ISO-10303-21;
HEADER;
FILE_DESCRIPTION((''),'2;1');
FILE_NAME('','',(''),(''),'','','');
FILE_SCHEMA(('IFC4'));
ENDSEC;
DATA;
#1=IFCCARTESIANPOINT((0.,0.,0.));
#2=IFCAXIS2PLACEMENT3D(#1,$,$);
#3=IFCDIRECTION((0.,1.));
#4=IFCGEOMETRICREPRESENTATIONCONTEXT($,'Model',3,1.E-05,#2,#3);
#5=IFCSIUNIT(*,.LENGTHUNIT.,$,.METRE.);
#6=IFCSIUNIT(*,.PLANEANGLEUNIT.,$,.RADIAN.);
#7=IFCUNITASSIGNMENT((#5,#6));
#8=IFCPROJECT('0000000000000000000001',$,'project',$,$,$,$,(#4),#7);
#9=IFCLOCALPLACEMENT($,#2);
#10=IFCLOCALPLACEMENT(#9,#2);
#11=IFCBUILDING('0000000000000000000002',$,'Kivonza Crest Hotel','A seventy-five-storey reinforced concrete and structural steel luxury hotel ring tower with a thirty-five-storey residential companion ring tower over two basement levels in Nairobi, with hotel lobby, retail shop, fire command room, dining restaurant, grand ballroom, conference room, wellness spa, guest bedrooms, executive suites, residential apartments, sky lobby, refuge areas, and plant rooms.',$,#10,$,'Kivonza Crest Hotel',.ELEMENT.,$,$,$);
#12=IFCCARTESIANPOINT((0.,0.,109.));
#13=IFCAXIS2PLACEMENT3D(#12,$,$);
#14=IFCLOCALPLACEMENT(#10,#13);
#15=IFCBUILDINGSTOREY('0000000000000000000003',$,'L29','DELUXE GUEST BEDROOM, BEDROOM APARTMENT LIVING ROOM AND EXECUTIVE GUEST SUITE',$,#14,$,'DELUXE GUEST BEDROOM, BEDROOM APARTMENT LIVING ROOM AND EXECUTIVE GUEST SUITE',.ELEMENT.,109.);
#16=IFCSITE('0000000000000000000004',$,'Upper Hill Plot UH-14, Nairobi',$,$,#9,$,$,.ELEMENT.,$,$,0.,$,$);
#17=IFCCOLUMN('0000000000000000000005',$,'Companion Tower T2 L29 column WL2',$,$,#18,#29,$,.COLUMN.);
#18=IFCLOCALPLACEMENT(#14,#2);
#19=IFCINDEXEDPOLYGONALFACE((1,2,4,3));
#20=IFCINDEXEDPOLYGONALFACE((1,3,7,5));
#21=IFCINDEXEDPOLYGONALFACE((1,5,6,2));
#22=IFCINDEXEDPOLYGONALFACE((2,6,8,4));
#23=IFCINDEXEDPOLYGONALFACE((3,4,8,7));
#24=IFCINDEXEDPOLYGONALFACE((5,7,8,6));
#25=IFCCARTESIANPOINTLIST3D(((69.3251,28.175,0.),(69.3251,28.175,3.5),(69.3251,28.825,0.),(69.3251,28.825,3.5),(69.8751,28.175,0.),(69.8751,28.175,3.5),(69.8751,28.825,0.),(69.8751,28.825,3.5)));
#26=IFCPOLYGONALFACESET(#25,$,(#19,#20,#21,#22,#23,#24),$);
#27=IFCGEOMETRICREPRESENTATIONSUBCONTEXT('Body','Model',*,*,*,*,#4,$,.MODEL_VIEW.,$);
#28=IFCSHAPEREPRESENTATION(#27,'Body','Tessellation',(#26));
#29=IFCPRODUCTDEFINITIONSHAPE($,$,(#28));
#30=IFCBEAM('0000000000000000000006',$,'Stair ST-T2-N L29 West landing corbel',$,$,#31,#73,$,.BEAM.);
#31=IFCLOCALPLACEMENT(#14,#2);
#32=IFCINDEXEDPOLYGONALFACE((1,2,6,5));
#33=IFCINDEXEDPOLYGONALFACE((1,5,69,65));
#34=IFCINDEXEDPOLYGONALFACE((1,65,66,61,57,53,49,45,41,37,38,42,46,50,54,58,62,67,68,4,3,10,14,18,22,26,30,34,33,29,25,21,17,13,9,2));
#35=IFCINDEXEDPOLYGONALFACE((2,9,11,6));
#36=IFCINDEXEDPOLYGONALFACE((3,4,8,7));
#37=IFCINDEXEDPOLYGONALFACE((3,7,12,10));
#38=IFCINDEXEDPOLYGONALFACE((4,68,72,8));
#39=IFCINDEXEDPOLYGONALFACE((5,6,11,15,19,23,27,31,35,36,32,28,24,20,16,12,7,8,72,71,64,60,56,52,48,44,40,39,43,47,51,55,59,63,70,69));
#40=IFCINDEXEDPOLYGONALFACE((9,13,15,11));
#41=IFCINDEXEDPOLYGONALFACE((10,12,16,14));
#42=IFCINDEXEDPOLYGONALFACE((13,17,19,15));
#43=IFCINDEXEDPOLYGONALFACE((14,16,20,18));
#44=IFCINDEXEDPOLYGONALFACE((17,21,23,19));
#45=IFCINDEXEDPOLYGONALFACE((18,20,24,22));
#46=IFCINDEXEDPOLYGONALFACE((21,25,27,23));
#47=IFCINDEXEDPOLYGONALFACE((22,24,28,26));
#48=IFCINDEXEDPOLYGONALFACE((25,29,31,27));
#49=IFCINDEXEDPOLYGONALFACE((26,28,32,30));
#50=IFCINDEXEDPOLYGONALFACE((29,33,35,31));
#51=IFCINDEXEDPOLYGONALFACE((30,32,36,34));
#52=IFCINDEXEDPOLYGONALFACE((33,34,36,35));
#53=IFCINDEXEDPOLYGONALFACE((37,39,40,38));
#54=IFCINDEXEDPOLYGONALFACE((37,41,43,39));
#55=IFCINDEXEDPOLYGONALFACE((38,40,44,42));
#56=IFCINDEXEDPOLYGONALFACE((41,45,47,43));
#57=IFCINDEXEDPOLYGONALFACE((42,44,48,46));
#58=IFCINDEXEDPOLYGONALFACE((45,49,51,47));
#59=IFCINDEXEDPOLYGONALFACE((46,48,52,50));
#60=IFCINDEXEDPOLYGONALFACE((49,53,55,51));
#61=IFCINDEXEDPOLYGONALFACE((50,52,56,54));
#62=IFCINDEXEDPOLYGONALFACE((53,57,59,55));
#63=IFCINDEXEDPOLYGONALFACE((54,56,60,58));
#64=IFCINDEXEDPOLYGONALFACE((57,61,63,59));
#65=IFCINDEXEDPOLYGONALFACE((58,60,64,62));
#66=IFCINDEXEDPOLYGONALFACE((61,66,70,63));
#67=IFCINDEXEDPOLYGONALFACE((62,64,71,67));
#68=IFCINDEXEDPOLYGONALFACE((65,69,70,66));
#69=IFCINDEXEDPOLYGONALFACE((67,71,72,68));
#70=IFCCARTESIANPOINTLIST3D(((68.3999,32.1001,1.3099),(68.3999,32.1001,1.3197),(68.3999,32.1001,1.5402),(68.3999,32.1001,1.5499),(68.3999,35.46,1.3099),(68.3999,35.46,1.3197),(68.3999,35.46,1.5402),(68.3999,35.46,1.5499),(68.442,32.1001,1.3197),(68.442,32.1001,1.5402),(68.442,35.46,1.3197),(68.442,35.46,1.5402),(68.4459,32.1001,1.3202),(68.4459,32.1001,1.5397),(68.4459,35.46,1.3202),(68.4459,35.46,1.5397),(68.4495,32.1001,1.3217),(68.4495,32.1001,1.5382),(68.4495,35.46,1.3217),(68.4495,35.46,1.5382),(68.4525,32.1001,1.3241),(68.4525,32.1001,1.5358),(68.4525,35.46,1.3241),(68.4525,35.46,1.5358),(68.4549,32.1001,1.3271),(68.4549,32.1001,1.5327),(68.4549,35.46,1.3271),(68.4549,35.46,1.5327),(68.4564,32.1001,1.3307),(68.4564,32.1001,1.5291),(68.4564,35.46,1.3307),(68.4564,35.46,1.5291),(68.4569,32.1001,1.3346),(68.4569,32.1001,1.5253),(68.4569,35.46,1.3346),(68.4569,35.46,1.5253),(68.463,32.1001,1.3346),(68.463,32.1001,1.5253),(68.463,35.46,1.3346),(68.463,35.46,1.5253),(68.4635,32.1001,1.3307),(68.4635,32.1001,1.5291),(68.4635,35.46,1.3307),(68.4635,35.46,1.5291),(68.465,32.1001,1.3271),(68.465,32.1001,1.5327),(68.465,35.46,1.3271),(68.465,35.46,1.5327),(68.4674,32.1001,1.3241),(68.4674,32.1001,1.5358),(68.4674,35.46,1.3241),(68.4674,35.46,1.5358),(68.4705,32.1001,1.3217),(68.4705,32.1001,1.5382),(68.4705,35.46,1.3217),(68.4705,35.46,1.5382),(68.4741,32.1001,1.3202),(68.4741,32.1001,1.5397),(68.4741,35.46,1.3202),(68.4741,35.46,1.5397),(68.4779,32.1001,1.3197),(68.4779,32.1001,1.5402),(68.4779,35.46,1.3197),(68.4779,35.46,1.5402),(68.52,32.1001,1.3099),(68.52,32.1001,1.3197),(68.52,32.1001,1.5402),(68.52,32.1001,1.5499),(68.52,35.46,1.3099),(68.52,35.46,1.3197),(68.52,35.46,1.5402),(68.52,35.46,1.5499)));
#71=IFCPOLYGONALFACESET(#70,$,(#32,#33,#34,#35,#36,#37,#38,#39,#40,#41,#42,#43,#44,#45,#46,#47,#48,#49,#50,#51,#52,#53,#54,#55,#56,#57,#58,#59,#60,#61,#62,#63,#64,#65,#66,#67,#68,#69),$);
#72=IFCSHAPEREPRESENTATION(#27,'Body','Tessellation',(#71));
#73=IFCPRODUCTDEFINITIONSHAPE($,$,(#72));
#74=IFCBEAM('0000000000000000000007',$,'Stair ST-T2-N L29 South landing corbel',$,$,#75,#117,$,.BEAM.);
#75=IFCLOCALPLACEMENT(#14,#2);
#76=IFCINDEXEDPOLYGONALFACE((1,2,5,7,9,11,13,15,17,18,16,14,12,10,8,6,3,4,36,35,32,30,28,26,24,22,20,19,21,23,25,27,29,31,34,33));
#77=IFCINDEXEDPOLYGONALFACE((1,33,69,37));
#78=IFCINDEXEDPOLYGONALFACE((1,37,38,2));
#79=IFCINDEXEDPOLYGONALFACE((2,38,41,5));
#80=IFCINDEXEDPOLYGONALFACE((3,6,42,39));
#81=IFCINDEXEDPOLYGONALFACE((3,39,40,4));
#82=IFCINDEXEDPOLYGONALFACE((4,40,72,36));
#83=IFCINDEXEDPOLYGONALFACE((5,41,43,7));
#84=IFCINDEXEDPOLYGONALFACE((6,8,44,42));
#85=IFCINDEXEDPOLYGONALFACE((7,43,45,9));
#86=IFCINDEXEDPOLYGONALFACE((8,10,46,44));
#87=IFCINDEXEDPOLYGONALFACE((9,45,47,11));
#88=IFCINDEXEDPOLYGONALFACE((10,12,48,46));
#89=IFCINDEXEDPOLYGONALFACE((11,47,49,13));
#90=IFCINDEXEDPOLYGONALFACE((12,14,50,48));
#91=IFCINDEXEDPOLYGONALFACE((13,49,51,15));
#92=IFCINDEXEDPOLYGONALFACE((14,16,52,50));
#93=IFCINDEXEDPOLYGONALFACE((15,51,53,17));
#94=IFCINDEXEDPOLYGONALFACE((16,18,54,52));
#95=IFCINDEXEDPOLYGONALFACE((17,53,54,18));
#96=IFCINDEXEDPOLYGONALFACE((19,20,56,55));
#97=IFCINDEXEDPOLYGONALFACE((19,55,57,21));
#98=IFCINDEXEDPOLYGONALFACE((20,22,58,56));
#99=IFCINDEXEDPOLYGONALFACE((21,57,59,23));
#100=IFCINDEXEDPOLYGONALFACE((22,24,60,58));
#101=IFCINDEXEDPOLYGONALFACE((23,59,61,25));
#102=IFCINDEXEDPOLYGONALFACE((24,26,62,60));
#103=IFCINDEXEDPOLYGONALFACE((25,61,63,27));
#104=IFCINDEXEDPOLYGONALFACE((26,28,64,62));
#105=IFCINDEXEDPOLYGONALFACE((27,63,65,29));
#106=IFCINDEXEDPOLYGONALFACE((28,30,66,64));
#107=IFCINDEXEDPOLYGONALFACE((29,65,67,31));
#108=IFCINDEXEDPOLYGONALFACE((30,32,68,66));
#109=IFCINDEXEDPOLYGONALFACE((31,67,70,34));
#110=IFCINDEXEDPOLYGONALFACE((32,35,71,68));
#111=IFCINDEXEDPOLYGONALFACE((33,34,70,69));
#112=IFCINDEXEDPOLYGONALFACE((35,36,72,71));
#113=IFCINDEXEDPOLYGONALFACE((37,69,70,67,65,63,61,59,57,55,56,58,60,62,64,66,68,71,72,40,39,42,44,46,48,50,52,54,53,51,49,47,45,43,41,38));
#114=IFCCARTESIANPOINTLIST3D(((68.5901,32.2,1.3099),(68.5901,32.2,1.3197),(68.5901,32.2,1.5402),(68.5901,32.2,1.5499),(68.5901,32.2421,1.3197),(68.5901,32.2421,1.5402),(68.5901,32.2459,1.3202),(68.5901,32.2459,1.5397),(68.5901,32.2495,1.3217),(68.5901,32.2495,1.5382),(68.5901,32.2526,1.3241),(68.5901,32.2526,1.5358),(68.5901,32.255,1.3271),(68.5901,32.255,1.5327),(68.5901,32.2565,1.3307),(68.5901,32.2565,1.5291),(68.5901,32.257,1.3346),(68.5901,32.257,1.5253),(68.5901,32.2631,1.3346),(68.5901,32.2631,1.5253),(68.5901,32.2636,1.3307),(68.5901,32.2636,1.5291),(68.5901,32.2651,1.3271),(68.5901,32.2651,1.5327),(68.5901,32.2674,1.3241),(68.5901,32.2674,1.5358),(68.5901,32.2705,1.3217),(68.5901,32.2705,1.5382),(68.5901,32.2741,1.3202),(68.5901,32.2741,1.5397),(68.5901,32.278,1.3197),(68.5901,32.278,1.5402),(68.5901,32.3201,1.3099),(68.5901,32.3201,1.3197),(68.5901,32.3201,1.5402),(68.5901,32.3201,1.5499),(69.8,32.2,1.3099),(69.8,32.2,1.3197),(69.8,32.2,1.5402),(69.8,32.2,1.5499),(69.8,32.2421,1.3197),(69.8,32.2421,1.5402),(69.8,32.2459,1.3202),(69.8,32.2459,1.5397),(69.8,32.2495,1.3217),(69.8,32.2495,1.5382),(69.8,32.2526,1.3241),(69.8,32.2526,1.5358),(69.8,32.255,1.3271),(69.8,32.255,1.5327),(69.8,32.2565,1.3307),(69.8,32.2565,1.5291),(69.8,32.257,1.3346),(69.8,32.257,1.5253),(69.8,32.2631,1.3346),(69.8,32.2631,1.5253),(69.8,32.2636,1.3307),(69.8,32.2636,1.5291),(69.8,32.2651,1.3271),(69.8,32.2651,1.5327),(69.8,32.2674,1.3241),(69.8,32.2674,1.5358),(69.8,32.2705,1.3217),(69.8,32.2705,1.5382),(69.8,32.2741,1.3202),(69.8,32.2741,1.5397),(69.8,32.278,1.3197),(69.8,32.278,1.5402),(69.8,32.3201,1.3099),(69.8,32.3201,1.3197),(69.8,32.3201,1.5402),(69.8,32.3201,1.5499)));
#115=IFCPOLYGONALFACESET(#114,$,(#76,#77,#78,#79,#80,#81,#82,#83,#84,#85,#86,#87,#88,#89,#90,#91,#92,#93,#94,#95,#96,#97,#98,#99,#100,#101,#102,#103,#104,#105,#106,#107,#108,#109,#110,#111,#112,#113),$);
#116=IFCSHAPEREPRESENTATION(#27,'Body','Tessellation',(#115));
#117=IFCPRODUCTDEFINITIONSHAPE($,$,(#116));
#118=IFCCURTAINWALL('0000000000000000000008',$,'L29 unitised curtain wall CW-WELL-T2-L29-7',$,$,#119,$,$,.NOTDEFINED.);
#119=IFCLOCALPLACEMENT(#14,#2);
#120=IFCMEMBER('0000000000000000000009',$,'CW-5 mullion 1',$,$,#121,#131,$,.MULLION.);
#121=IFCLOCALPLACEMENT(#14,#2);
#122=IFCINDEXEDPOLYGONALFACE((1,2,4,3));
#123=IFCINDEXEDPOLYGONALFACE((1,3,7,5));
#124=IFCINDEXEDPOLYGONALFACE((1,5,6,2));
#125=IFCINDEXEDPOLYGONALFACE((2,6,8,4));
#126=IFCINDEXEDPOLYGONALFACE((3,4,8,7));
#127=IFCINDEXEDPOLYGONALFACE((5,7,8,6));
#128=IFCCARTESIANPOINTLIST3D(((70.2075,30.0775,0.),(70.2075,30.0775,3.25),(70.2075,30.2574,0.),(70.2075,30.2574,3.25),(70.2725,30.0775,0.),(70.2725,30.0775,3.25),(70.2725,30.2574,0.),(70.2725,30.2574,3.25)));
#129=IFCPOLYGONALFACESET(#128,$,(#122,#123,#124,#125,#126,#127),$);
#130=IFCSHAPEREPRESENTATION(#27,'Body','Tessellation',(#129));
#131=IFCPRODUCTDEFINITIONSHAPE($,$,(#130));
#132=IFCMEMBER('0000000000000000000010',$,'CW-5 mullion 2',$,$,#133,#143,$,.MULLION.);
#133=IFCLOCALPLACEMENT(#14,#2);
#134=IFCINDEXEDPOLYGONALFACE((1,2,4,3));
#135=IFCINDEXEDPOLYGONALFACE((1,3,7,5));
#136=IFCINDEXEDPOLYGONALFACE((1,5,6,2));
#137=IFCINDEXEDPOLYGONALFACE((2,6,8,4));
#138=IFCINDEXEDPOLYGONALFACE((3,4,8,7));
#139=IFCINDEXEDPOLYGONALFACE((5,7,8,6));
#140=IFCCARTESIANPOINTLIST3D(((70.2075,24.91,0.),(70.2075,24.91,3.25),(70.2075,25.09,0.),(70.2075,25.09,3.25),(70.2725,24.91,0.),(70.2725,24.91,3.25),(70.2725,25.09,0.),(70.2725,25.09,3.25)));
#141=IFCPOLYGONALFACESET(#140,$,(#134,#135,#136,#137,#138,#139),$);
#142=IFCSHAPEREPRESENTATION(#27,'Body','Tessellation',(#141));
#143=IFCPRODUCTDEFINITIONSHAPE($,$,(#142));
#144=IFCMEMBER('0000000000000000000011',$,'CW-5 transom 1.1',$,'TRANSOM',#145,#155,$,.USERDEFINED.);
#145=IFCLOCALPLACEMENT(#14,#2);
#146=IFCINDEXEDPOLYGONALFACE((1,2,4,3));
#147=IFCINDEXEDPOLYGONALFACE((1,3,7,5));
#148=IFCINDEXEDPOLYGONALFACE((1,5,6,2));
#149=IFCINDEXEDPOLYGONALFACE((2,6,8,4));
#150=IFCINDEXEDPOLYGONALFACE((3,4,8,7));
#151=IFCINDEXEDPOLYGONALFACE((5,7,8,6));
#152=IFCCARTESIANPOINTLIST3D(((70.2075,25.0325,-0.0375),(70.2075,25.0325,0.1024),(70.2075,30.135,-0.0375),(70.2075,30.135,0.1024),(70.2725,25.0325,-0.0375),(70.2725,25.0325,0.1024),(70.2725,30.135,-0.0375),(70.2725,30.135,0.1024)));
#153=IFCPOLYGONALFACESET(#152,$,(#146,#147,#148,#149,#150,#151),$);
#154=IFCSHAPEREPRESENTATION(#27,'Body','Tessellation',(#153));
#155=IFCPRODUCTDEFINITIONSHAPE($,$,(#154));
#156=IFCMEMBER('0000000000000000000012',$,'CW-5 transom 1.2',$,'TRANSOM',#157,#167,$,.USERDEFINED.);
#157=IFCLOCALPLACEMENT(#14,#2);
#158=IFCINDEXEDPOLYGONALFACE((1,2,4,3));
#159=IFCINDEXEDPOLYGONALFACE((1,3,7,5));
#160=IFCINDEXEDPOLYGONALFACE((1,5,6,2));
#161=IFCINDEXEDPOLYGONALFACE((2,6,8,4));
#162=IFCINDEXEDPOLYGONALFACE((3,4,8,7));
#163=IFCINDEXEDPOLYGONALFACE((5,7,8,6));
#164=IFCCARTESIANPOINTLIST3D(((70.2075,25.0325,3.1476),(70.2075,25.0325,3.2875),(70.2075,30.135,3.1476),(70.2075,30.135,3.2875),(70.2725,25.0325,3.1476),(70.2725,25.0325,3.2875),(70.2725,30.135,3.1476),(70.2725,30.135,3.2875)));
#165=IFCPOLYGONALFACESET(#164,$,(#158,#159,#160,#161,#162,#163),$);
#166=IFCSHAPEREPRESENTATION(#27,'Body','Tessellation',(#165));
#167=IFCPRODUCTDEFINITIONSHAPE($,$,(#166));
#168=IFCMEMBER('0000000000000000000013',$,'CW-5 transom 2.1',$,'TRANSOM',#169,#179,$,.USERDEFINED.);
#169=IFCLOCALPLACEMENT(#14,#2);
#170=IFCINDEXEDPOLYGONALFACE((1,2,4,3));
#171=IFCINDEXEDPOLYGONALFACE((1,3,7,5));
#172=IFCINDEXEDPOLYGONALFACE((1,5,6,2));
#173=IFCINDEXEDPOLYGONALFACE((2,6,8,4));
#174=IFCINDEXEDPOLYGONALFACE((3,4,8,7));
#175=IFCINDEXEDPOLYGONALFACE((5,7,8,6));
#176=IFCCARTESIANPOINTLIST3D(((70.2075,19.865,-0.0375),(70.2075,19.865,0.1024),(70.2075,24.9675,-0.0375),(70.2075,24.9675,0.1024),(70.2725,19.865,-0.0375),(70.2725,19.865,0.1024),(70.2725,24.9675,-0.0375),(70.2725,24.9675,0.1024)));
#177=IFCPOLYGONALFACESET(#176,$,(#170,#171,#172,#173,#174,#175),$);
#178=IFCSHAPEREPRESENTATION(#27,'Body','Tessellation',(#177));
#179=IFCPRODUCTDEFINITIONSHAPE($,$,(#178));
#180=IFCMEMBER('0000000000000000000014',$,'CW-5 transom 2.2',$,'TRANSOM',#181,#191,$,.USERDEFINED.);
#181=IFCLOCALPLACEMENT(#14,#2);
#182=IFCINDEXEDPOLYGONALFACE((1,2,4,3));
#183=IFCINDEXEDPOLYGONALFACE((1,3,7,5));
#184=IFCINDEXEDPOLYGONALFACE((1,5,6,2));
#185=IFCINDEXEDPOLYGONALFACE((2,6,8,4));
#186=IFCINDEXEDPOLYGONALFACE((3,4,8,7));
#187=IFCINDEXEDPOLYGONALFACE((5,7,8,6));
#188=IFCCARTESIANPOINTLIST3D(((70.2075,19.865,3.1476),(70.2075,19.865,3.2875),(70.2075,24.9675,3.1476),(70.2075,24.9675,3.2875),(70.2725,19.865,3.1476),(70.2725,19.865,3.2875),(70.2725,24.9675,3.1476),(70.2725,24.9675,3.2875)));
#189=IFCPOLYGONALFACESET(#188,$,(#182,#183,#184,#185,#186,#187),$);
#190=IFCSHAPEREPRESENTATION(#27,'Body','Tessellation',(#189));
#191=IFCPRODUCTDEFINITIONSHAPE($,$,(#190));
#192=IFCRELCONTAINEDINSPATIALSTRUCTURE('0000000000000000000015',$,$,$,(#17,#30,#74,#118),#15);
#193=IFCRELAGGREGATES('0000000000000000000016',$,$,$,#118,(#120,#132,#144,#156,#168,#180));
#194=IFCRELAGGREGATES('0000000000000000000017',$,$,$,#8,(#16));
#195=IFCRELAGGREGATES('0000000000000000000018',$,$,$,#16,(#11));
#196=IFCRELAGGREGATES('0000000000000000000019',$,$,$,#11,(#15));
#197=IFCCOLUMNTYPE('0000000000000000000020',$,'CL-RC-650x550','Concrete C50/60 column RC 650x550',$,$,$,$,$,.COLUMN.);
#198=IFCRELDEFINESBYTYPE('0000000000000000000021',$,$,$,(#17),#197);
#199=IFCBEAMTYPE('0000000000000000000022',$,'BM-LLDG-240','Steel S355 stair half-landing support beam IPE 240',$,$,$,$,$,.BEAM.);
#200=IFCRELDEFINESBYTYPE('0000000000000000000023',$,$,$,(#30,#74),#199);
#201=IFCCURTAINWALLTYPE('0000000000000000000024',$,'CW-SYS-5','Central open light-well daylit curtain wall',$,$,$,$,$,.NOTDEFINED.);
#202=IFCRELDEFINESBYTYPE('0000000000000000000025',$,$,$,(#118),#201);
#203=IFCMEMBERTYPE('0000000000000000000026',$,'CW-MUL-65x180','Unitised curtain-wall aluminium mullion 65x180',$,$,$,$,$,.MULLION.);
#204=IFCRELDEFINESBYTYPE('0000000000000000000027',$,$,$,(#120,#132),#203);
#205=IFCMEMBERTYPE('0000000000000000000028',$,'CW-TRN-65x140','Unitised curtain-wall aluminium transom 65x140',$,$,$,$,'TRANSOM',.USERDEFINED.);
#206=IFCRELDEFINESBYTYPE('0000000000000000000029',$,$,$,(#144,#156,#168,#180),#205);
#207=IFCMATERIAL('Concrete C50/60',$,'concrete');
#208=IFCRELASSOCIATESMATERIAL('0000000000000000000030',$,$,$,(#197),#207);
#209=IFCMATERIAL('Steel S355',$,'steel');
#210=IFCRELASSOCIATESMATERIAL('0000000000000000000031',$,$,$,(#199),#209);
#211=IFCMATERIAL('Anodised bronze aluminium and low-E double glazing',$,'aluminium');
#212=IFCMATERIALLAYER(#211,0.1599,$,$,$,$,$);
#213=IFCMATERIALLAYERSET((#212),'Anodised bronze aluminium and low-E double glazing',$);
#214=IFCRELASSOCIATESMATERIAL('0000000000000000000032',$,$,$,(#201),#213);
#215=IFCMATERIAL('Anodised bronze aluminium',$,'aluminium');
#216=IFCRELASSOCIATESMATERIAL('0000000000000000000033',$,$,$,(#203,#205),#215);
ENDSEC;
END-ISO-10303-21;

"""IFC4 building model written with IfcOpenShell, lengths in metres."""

from ifc_helpers import new_model, si_unit, direction, frame, origin, origin_2d, place, context, subcontext, project, spatial, rectangle, i_section, extrude, material, layer, layer_set, material_profile, profile_set, type_object, element, aggregate, save


model = new_model("IFC4")

# Units and contexts
model_context = context("Model", 3, precision=1e-05, world=origin(), true_north=direction((0.0, 1.0)))
body_context = subcontext(model_context, "Body", "Model", "MODEL_VIEW")
ifc_project = project(units=[si_unit("LENGTHUNIT", "METRE"), si_unit("PLANEANGLEUNIT", "RADIAN")], contexts=[model_context])

# Site, building, storey
site_placement = place(None, origin())
site = spatial("IfcSite", under=ifc_project, at=site_placement, Name="Upper Hill Plot UH-14, Nairobi", CompositionType="ELEMENT", RefElevation=0.0)
building_placement = place(site_placement, origin())
building = spatial("IfcBuilding", under=site, at=building_placement, Name="Kivonza Crest Hotel", Description="A seventy-five-storey reinforced concrete and structural steel luxury hotel ring tower with a thirty-five-storey residential companion ring tower over two basement levels in Nairobi, with hotel lobby, retail shop, fire command room, dining restaurant, grand ballroom, conference room, wellness spa, guest bedrooms, executive suites, residential apartments, sky lobby, refuge areas, and plant rooms.", LongName="Kivonza Crest Hotel", CompositionType="ELEMENT")
storey_placement = place(building_placement, frame((0.0, 0.0, 109.0)))
storey = spatial("IfcBuildingStorey", under=building, at=storey_placement, Name="L29", Description="DELUXE GUEST BEDROOM, BEDROOM APARTMENT LIVING ROOM AND EXECUTIVE GUEST SUITE", LongName="DELUXE GUEST BEDROOM, BEDROOM APARTMENT LIVING ROOM AND EXECUTIVE GUEST SUITE", CompositionType="ELEMENT", Elevation=109.0)

# Column
ifc_material_1 = material(Name="Concrete C50/60", Category="concrete")
ifc_material_profile_1 = material_profile(ifc_material_1, rectangle(XDim=0.55, YDim=0.6499, at=origin_2d()), Name="RC 650x550")
ifc_profile_set_1 = profile_set([ifc_material_profile_1], Name="Concrete C50/60")
column_type = type_object("IfcColumnType", Name="CL-RC-650x550", Description="Concrete C50/60 column RC 650x550", PredefinedType="COLUMN", material=ifc_profile_set_1)
column_placement = place(storey_placement, frame((69.6001, 28.5, 0.0), z_axis=(0.0, 0.0, 1.0), x_axis=(1.0, 0.0, 0.0)))
element("IfcColumn", 1, at=column_placement, inside=storey, type_object=column_type, Name="Companion Tower T2 L29 column WL2", PredefinedType="COLUMN", context=body_context, shape_type="SweptSolid", body=[
    extrude(rectangle(XDim=0.55, YDim=0.6499, at=origin_2d()), origin(), (0.0, 0.0, 1.0), 3.5),
])

# Beams
ifc_material_2 = material(Name="Steel S355", Category="steel")
ifc_material_profile_2 = material_profile(ifc_material_2, i_section(OverallWidth=0.1201, OverallDepth=0.24, WebThickness=0.0061, FlangeThickness=0.0098, FilletRadius=0.0149, at=origin_2d()), Name="IPE 240")
ifc_profile_set_2 = profile_set([ifc_material_profile_2], Name="Steel S355")
beam_type = type_object("IfcBeamType", Name="BM-LLDG-240", Description="Steel S355 stair half-landing support beam IPE 240", PredefinedType="BEAM", material=ifc_profile_set_2)
beam_1_placement = place(storey_placement, frame((68.46, 32.1001, 1.4299), z_axis=(0.0, 1.0, 0.0), x_axis=(-1.0, 0.0, 0.0)))
element("IfcBeam", 2, at=beam_1_placement, inside=storey, type_object=beam_type, Name="Stair ST-T2-N L29 West landing corbel", PredefinedType="BEAM", context=body_context, shape_type="SweptSolid", body=[
    extrude(i_section(OverallWidth=0.1201, OverallDepth=0.24, WebThickness=0.0061, FlangeThickness=0.0098, FilletRadius=0.0149, at=origin_2d()), origin(), (0.0, 0.0, 1.0), 3.3599),
])
beam_2_placement = place(storey_placement, frame((68.5901, 32.26, 1.4299), z_axis=(1.0, 0.0, 0.0), x_axis=(0.0, 1.0, 0.0)))
element("IfcBeam", 3, at=beam_2_placement, inside=storey, type_object=beam_type, Name="Stair ST-T2-N L29 South landing corbel", PredefinedType="BEAM", context=body_context, shape_type="SweptSolid", body=[
    extrude(i_section(OverallWidth=0.1201, OverallDepth=0.24, WebThickness=0.0061, FlangeThickness=0.0098, FilletRadius=0.0149, at=origin_2d()), origin(), (0.0, 0.0, 1.0), 1.21),
])

# Curtain wall, members
ifc_material_3 = material(Name="Anodised bronze aluminium and low-E double glazing", Category="aluminium")
ifc_layer_1 = layer(ifc_material_3, 0.1599)
ifc_layer_set_1 = layer_set([ifc_layer_1], Name="Anodised bronze aluminium and low-E double glazing")
curtain_wall_type = type_object("IfcCurtainWallType", Name="CW-SYS-5", Description="Central open light-well daylit curtain wall", PredefinedType="NOTDEFINED", material=ifc_layer_set_1)
curtain_wall_placement = place(storey_placement, origin())
curtain_wall = element("IfcCurtainWall", 4, at=curtain_wall_placement, inside=storey, type_object=curtain_wall_type, Name="L29 unitised curtain wall CW-WELL-T2-L29-7", PredefinedType="NOTDEFINED")
ifc_material_4 = material(Name="Anodised bronze aluminium", Category="aluminium")
ifc_material_profile_3 = material_profile(ifc_material_4, rectangle(XDim=0.0649, YDim=0.1799, at=origin_2d()), Name="CW-M 65x180")
ifc_profile_set_3 = profile_set([ifc_material_profile_3], Name="Anodised bronze aluminium")
member_type_1 = type_object("IfcMemberType", Name="CW-MUL-65x180", Description="Unitised curtain-wall aluminium mullion 65x180", PredefinedType="MULLION", material=ifc_profile_set_3)
member_1_placement = place(storey_placement, frame((70.24, 30.1675, 0.0), z_axis=(0.0, 0.0, 1.0), x_axis=(1.0, 0.0, 0.0)))
member_1 = element("IfcMember", 5, at=member_1_placement, type_object=member_type_1, Name="CW-5 mullion 1", PredefinedType="MULLION", context=body_context, shape_type="SweptSolid", body=[
    extrude(rectangle(XDim=0.0649, YDim=0.1799, at=origin_2d()), origin(), (0.0, 0.0, 1.0), 3.25),
])
member_2_placement = place(storey_placement, frame((70.24, 25.0, 0.0), z_axis=(0.0, 0.0, 1.0), x_axis=(1.0, 0.0, 0.0)))
member_2 = element("IfcMember", 6, at=member_2_placement, type_object=member_type_1, Name="CW-5 mullion 2", PredefinedType="MULLION", context=body_context, shape_type="SweptSolid", body=[
    extrude(rectangle(XDim=0.0649, YDim=0.1799, at=origin_2d()), origin(), (0.0, 0.0, 1.0), 3.25),
])
ifc_material_profile_4 = material_profile(ifc_material_4, rectangle(XDim=0.0649, YDim=0.1399, at=origin_2d()), Name="CW-T 65x140")
ifc_profile_set_4 = profile_set([ifc_material_profile_4], Name="Anodised bronze aluminium")
member_type_2 = type_object("IfcMemberType", Name="CW-TRN-65x140", Description="Unitised curtain-wall aluminium transom 65x140", ElementType="TRANSOM", PredefinedType="USERDEFINED", material=ifc_profile_set_4)
member_3_placement = place(storey_placement, frame((70.24, 30.135, 0.0325), z_axis=(0.0, -1.0, 0.0), x_axis=(1.0, 0.0, 0.0)))
member_3 = element("IfcMember", 7, at=member_3_placement, type_object=member_type_2, Name="CW-5 transom 1.1", ObjectType="TRANSOM", PredefinedType="USERDEFINED", context=body_context, shape_type="SweptSolid", body=[
    extrude(rectangle(XDim=0.0649, YDim=0.1399, at=origin_2d()), origin(), (0.0, 0.0, 1.0), 5.1025),
])
member_4_placement = place(storey_placement, frame((70.24, 30.135, 3.2175), z_axis=(0.0, -1.0, 0.0), x_axis=(1.0, 0.0, 0.0)))
member_4 = element("IfcMember", 8, at=member_4_placement, type_object=member_type_2, Name="CW-5 transom 1.2", ObjectType="TRANSOM", PredefinedType="USERDEFINED", context=body_context, shape_type="SweptSolid", body=[
    extrude(rectangle(XDim=0.0649, YDim=0.1399, at=origin_2d()), origin(), (0.0, 0.0, 1.0), 5.1025),
])
member_5_placement = place(storey_placement, frame((70.24, 24.9675, 0.0325), z_axis=(0.0, -1.0, 0.0), x_axis=(1.0, 0.0, 0.0)))
member_5 = element("IfcMember", 9, at=member_5_placement, type_object=member_type_2, Name="CW-5 transom 2.1", ObjectType="TRANSOM", PredefinedType="USERDEFINED", context=body_context, shape_type="SweptSolid", body=[
    extrude(rectangle(XDim=0.0649, YDim=0.1399, at=origin_2d()), origin(), (0.0, 0.0, 1.0), 5.1025),
])
member_6_placement = place(storey_placement, frame((70.24, 24.9675, 3.2175), z_axis=(0.0, -1.0, 0.0), x_axis=(1.0, 0.0, 0.0)))
member_6 = element("IfcMember", 10, at=member_6_placement, type_object=member_type_2, Name="CW-5 transom 2.2", ObjectType="TRANSOM", PredefinedType="USERDEFINED", context=body_context, shape_type="SweptSolid", body=[
    extrude(rectangle(XDim=0.0649, YDim=0.1399, at=origin_2d()), origin(), (0.0, 0.0, 1.0), 5.1025),
])
aggregate(curtain_wall, [member_1, member_2, member_3, member_4, member_5, member_6])

save(model, "model.ifc")
